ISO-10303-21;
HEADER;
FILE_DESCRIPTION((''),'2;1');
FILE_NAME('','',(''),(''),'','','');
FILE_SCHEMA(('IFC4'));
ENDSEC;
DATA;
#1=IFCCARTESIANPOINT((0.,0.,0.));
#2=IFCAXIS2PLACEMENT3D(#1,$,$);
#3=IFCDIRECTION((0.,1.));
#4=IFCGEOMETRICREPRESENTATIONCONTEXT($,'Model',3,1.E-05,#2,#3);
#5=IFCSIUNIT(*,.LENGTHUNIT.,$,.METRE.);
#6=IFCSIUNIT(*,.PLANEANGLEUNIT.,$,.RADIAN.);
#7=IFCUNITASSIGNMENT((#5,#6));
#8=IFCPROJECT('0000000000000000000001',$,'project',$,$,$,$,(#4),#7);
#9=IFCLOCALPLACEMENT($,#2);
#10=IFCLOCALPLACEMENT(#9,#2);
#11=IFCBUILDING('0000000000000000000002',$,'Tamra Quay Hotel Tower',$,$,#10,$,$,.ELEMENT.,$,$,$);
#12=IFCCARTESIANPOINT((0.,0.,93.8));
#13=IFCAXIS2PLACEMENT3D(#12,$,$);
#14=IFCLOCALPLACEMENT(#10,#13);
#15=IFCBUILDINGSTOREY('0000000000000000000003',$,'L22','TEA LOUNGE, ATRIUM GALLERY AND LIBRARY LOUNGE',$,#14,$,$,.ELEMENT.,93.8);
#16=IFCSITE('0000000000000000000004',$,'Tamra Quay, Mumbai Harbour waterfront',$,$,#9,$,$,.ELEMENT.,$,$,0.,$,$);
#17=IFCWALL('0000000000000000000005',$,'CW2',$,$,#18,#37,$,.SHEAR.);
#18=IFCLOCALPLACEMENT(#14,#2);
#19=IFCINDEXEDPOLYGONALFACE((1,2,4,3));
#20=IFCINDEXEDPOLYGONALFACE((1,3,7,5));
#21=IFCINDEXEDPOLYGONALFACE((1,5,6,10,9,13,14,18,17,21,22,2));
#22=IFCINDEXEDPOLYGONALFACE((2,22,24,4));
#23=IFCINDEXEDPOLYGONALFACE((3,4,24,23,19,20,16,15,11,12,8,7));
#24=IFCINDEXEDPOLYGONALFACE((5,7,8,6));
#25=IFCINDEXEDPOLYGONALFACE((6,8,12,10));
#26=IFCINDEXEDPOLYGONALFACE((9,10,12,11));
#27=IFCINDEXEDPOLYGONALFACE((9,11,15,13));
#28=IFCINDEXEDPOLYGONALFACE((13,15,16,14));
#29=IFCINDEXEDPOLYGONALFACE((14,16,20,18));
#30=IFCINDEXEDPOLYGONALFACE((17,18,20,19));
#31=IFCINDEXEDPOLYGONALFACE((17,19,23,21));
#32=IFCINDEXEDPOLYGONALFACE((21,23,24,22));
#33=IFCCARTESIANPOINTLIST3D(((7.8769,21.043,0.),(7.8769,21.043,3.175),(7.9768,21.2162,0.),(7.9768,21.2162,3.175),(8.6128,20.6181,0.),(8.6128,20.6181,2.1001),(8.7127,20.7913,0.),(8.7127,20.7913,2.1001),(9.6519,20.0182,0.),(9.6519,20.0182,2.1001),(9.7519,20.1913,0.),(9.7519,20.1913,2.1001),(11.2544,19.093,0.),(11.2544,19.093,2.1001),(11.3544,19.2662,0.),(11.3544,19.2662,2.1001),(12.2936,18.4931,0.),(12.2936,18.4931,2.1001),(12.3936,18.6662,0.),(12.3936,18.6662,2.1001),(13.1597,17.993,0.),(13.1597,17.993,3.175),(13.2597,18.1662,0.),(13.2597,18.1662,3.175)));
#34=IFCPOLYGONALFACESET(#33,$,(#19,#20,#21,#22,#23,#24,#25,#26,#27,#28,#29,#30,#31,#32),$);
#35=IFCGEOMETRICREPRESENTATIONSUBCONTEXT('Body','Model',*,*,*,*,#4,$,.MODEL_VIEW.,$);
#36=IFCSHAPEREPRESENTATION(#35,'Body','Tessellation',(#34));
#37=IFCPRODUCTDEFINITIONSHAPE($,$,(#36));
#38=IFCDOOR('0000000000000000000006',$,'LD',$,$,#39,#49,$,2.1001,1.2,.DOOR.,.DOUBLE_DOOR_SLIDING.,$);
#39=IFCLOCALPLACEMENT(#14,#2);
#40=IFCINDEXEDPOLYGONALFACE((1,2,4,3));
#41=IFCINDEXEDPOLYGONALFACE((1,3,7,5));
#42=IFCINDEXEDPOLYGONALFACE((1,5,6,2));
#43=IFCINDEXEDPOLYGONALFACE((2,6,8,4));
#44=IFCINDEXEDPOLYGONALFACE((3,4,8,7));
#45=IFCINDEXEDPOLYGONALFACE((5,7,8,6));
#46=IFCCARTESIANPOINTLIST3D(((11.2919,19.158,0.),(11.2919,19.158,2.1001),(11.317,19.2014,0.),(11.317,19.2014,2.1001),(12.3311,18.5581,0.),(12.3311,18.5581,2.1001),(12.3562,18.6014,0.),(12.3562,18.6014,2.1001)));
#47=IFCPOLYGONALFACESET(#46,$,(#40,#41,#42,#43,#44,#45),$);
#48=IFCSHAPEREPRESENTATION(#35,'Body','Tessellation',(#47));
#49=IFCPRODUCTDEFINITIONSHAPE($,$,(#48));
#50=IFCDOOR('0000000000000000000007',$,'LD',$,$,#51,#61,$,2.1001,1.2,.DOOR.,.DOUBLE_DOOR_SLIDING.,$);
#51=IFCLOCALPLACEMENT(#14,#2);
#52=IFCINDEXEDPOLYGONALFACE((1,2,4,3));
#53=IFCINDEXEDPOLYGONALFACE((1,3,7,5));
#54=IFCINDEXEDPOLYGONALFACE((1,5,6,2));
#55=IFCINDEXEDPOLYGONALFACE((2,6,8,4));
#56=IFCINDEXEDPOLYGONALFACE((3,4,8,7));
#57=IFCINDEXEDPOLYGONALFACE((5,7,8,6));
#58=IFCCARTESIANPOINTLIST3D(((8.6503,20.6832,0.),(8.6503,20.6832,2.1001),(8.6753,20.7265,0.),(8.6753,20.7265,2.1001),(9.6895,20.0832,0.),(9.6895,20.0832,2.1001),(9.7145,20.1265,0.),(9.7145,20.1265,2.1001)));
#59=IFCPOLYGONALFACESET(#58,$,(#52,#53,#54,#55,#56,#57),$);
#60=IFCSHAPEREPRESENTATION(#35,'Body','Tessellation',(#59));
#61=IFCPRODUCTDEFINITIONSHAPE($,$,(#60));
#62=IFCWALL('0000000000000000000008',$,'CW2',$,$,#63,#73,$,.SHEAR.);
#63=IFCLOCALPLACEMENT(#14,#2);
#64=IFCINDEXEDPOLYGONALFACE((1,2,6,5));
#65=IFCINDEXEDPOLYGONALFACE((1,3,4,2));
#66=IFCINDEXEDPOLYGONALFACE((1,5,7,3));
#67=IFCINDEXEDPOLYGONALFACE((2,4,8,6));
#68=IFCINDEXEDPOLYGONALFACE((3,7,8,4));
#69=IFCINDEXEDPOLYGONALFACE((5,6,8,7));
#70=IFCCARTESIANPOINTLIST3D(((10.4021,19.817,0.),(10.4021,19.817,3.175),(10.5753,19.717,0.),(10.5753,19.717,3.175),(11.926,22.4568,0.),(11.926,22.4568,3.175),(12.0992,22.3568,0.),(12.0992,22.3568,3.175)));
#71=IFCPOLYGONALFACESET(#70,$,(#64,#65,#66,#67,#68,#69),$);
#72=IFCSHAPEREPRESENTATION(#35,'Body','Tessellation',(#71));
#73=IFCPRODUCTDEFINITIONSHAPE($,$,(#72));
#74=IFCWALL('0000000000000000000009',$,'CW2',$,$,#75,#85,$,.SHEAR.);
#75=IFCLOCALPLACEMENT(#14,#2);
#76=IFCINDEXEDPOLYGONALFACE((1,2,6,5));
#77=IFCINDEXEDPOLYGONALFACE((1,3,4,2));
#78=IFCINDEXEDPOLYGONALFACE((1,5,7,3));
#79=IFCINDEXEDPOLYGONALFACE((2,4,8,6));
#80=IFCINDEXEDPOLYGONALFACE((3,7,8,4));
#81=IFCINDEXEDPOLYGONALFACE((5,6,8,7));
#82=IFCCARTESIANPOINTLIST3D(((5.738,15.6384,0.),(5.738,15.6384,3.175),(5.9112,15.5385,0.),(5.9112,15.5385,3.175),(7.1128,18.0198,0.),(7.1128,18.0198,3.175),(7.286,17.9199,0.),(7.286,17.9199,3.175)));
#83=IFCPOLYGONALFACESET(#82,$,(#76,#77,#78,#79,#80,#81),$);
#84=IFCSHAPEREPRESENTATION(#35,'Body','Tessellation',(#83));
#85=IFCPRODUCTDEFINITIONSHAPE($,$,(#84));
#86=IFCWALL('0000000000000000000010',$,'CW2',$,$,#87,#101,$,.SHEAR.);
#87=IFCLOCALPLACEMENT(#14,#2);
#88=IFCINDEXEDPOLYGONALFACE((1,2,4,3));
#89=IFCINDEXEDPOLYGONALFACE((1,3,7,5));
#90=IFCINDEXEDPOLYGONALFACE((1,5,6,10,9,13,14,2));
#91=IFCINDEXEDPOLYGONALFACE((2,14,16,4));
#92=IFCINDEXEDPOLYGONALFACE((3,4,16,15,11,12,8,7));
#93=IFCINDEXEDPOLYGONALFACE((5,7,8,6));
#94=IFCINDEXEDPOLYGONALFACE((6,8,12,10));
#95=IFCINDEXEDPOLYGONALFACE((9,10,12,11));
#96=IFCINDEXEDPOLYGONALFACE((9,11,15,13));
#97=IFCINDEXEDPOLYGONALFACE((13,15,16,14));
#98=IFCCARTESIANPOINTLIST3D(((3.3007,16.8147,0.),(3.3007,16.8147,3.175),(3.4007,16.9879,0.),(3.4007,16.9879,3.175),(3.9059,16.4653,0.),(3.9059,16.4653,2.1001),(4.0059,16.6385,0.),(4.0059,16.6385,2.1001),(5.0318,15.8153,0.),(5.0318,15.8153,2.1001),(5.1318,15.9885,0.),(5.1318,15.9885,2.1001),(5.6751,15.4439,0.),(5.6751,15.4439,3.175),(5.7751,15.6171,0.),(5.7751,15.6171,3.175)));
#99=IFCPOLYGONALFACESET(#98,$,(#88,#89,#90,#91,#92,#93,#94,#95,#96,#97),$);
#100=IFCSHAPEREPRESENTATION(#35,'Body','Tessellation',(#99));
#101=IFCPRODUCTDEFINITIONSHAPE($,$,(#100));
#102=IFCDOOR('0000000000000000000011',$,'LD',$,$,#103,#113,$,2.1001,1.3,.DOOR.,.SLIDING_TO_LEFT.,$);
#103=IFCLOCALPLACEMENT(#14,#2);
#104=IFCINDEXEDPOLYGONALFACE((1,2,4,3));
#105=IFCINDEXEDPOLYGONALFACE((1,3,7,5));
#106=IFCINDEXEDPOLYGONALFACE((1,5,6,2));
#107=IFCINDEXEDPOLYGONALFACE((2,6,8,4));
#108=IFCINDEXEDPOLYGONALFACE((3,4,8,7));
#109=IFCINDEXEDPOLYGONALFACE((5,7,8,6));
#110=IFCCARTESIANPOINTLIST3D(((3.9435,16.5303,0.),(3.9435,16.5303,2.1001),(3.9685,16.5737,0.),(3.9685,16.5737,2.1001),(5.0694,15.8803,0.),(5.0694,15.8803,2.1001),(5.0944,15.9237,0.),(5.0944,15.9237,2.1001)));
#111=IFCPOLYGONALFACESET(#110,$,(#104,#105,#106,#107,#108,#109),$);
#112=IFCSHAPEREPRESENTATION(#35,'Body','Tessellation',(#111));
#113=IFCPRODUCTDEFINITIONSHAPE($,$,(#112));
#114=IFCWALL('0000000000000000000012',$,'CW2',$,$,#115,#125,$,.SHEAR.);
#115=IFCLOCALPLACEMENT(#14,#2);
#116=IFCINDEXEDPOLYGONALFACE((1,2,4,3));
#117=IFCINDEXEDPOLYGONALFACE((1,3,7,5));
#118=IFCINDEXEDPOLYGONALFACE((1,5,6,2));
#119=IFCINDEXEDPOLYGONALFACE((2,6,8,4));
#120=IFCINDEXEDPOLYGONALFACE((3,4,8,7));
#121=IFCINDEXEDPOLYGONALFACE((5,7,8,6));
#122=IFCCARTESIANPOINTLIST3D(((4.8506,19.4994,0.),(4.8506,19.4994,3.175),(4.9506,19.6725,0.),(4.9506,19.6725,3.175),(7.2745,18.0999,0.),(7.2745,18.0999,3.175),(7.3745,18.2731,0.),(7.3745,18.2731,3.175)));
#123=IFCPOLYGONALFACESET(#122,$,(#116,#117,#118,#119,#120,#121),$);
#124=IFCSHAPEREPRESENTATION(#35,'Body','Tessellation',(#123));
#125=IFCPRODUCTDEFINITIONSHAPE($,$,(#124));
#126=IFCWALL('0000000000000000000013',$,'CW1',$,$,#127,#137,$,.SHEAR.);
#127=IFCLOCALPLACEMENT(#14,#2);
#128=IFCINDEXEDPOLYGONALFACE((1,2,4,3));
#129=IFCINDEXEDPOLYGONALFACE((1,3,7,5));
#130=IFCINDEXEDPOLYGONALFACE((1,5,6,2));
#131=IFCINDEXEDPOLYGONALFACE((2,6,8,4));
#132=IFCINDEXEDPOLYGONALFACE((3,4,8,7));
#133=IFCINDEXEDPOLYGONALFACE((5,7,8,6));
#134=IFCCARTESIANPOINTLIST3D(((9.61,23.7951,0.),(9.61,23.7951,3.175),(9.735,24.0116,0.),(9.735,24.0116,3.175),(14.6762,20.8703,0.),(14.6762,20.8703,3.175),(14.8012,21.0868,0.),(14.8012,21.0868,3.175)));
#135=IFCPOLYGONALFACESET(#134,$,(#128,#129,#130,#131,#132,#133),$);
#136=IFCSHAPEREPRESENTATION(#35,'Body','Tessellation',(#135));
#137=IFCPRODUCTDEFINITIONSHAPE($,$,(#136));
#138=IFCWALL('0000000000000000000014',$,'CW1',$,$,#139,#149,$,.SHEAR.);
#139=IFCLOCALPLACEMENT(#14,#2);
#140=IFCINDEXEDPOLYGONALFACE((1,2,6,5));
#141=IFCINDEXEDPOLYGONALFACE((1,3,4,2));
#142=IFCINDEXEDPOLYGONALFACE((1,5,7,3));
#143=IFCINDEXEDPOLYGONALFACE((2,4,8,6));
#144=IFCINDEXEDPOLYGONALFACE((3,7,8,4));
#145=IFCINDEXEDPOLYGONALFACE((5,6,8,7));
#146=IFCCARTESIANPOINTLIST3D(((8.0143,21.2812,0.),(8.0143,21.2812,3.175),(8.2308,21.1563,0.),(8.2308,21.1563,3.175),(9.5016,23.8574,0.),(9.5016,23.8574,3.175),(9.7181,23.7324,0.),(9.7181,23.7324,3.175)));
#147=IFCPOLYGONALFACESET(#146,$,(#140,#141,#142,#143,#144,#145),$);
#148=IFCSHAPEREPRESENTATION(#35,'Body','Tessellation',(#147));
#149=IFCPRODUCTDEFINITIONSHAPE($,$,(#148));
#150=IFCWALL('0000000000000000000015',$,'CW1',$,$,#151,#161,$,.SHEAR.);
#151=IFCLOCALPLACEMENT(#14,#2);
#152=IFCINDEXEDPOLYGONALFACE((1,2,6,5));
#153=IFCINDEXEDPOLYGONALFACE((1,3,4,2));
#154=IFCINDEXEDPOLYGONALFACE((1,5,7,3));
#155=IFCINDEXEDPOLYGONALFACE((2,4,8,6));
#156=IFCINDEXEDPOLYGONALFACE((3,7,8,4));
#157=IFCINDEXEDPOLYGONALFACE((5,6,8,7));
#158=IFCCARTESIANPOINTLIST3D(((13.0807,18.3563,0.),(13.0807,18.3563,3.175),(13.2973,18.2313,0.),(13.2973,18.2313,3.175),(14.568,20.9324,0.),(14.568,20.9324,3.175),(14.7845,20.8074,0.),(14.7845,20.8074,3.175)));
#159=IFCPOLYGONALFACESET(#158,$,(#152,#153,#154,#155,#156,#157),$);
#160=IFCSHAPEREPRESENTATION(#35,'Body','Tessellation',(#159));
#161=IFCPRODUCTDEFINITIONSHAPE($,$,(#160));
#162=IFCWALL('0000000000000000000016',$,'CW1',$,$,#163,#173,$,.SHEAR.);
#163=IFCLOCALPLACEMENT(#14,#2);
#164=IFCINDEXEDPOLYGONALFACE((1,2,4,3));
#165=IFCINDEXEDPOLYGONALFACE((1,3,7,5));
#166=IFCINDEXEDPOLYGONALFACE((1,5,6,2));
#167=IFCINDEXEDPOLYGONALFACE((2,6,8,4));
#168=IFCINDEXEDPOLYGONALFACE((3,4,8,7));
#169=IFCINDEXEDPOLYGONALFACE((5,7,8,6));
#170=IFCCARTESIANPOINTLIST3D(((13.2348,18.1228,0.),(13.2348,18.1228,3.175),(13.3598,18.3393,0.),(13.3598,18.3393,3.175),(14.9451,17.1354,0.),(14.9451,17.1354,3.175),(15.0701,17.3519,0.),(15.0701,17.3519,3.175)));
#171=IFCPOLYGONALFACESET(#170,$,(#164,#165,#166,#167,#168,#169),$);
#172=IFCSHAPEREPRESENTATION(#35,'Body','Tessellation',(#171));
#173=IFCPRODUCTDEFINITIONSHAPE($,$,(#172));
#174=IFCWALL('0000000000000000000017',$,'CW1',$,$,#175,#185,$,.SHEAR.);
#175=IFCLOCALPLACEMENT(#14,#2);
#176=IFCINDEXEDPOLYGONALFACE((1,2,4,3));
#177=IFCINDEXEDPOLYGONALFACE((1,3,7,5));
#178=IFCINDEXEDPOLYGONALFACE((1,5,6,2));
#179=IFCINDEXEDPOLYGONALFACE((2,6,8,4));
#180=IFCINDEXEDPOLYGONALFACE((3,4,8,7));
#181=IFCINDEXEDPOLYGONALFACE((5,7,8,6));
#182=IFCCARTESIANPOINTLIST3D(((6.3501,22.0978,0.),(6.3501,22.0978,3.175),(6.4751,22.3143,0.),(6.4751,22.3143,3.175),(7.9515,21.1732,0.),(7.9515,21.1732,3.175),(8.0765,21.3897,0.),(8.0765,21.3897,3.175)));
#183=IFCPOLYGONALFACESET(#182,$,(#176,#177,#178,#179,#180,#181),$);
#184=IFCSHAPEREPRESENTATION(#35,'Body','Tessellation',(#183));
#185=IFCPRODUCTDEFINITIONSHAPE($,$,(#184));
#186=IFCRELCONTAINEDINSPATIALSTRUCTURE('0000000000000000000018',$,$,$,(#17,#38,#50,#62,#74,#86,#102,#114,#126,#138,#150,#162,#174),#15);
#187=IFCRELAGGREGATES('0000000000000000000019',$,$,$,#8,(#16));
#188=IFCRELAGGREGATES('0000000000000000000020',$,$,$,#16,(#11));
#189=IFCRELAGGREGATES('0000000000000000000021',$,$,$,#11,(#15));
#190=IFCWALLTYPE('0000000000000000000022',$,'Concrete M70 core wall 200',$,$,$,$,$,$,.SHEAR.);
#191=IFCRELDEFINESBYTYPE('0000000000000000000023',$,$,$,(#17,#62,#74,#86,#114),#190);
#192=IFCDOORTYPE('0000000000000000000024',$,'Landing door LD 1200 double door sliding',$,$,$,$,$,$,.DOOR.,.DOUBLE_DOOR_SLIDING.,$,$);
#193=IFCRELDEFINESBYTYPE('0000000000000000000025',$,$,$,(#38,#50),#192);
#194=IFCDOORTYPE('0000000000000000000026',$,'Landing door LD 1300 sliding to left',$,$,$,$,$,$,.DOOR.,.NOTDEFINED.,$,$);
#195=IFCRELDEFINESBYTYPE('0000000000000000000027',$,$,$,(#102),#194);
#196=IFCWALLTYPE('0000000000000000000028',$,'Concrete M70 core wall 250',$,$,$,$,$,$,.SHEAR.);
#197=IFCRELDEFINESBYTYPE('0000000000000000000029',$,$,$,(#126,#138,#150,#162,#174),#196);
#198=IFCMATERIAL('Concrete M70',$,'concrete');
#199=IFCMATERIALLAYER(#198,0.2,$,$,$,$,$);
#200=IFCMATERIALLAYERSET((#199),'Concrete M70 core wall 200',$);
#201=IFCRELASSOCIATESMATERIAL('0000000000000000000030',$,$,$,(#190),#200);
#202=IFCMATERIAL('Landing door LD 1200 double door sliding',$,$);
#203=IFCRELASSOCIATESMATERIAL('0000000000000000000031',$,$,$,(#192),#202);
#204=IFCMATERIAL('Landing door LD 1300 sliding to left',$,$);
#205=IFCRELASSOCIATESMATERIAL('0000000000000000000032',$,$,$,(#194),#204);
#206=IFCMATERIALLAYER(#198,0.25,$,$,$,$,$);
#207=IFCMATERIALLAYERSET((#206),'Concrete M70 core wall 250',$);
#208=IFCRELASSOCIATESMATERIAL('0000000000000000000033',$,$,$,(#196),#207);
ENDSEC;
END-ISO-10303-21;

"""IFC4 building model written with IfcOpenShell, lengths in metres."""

from ifc_helpers import new_model, si_unit, direction, frame, frame_2d, origin, place, context, subcontext, project, spatial, rectangle, extrude, material, layer, layer_set, type_object, element, fill, save


model = new_model("IFC4")

# Units and contexts
model_context = context("Model", 3, precision=1e-05, world=origin(), true_north=direction((0.0, 1.0)))
body_context = subcontext(model_context, "Body", "Model", "MODEL_VIEW")
ifc_project = project(units=[si_unit("LENGTHUNIT", "METRE"), si_unit("PLANEANGLEUNIT", "RADIAN")], contexts=[model_context])

# Site, building, storey
site_placement = place(None, origin())
site = spatial("IfcSite", under=ifc_project, at=site_placement, Name="Tamra Quay, Mumbai Harbour waterfront", CompositionType="ELEMENT", RefElevation=0.0)
building_placement = place(site_placement, origin())
building = spatial("IfcBuilding", under=site, at=building_placement, Name="Tamra Quay Hotel Tower", CompositionType="ELEMENT")
storey_placement = place(building_placement, frame((0.0, 0.0, 93.8)))
storey = spatial("IfcBuildingStorey", under=building, at=storey_placement, Name="L22", Description="TEA LOUNGE, ATRIUM GALLERY AND LIBRARY LOUNGE", CompositionType="ELEMENT", Elevation=93.8)

# Shared definitions
ifc_material_1 = material(Name="Concrete M70", Category="concrete")

# Wall, openings, doors
ifc_layer_1 = layer(ifc_material_1, 0.2)
ifc_layer_set_1 = layer_set([ifc_layer_1], Name="Concrete M70 core wall 200")
wall_type_1 = type_object("IfcWallType", Name="Concrete M70 core wall 200", PredefinedType="SHEAR", material=ifc_layer_set_1)
wall_1_placement = place(storey_placement, frame((13.2097, 18.0796, 0.0), z_axis=(0.0, 0.0, 1.0), x_axis=(-0.86603, 0.499992, 0.0)))
wall_1 = element("IfcWall", 1, at=wall_1_placement, inside=storey, type_object=wall_type_1, Name="CW2", PredefinedType="SHEAR", context=body_context, shape_type="SweptSolid", body=[
    extrude(rectangle(XDim=6.1001, YDim=0.2, at=frame_2d((3.05, 0.0))), origin(), (0.0, 0.0, 1.0), 3.175),
])
opening_1_placement = place(wall_1_placement, frame((1.0, 0.0, 0.0)))
opening_1 = element("IfcOpeningElement", 2, at=opening_1_placement, cuts=wall_1, PredefinedType="OPENING", context=body_context, shape_type="SweptSolid", body=[
    extrude(rectangle(XDim=1.2, YDim=2.1001, at=frame_2d((0.6001, 1.05))), frame((0.0, 0.1099, 0.0), z_axis=(0.0, -1.0, 0.0), x_axis=(1.0, 0.0, 0.0)), (0.0, 0.0, 1.0), 0.22),
])
opening_2_placement = place(wall_1_placement, frame((4.0503, 0.0, 0.0)))
opening_2 = element("IfcOpeningElement", 3, at=opening_2_placement, cuts=wall_1, PredefinedType="OPENING", context=body_context, shape_type="SweptSolid", body=[
    extrude(rectangle(XDim=1.2, YDim=2.1001, at=frame_2d((0.6001, 1.05))), frame((0.0, 0.1099, 0.0), z_axis=(0.0, -1.0, 0.0), x_axis=(1.0, 0.0, 0.0)), (0.0, 0.0, 1.0), 0.22),
])
ifc_material_2 = material(Name="Landing door LD 1200 double door sliding")
door_type_1 = type_object("IfcDoorType", Name="Landing door LD 1200 double door sliding", OperationType="DOUBLE_DOOR_SLIDING", PredefinedType="DOOR", material=ifc_material_2)
door_1_placement = place(opening_1_placement, origin())
door_1 = element("IfcDoor", 4, at=door_1_placement, inside=storey, type_object=door_type_1, Name="LD", OperationType="DOUBLE_DOOR_SLIDING", OverallHeight=2.1001, OverallWidth=1.2, PredefinedType="DOOR", context=body_context, shape_type="SweptSolid", body=[
    extrude(rectangle(XDim=1.2, YDim=2.1001, at=frame_2d((0.6001, 1.05))), frame((0.0, 0.0249, 0.0), z_axis=(0.0, -1.0, 0.0), x_axis=(1.0, 0.0, 0.0)), (0.0, 0.0, 1.0), 0.05),
])
fill(opening_1, door_1)
door_2_placement = place(opening_2_placement, origin())
door_2 = element("IfcDoor", 5, at=door_2_placement, inside=storey, type_object=door_type_1, Name="LD", OperationType="DOUBLE_DOOR_SLIDING", OverallHeight=2.1001, OverallWidth=1.2, PredefinedType="DOOR", context=body_context, shape_type="SweptSolid", body=[
    extrude(rectangle(XDim=1.2, YDim=2.1001, at=frame_2d((0.6001, 1.05))), frame((0.0, 0.0249, 0.0), z_axis=(0.0, -1.0, 0.0), x_axis=(1.0, 0.0, 0.0)), (0.0, 0.0, 1.0), 0.05),
])
fill(opening_2, door_2)

# Walls
wall_2_placement = place(storey_placement, frame((10.4888, 19.7671, 0.0), z_axis=(0.0, 0.0, 1.0), x_axis=(0.499947, 0.866056, 0.0)))
element("IfcWall", 6, at=wall_2_placement, inside=storey, type_object=wall_type_1, Name="CW2", PredefinedType="SHEAR", context=body_context, shape_type="SweptSolid", body=[
    extrude(rectangle(XDim=3.0481, YDim=0.2, at=frame_2d((1.5239, 0.0))), origin(), (0.0, 0.0, 1.0), 3.175),
])
wall_3_placement = place(storey_placement, frame((7.1995, 17.97, 0.0), z_axis=(0.0, 0.0, 1.0), x_axis=(-0.499968, -0.866044, 0.0)))
element("IfcWall", 7, at=wall_3_placement, inside=storey, type_object=wall_type_1, Name="CW2", PredefinedType="SHEAR", context=body_context, shape_type="SweptSolid", body=[
    extrude(rectangle(XDim=2.7498, YDim=0.2, at=frame_2d((1.375, 0.0))), origin(), (0.0, 0.0, 1.0), 3.175),
])

# Wall, opening, door
wall_4_placement = place(storey_placement, frame((5.7251, 15.5305, 0.0), z_axis=(0.0, 0.0, 1.0), x_axis=(-0.866037, 0.499979, 0.0)))
wall_4 = element("IfcWall", 8, at=wall_4_placement, inside=storey, type_object=wall_type_1, Name="CW2", PredefinedType="SHEAR", context=body_context, shape_type="SweptSolid", body=[
    extrude(rectangle(XDim=2.7417, YDim=0.2, at=frame_2d((1.3708, 0.0))), origin(), (0.0, 0.0, 1.0), 3.175),
])
opening_3_placement = place(wall_4_placement, frame((0.7429, 0.0, 0.0)))
opening_3 = element("IfcOpeningElement", 9, at=opening_3_placement, cuts=wall_4, PredefinedType="OPENING", context=body_context, shape_type="SweptSolid", body=[
    extrude(rectangle(XDim=1.3, YDim=2.1001, at=frame_2d((0.6499, 1.05))), frame((0.0, 0.1099, 0.0), z_axis=(0.0, -1.0, 0.0), x_axis=(1.0, 0.0, 0.0)), (0.0, 0.0, 1.0), 0.22),
])
ifc_material_3 = material(Name="Landing door LD 1300 sliding to left")
door_type_2 = type_object("IfcDoorType", Name="Landing door LD 1300 sliding to left", OperationType="NOTDEFINED", PredefinedType="DOOR", material=ifc_material_3)
door_3_placement = place(opening_3_placement, origin())
door_3 = element("IfcDoor", 10, at=door_3_placement, inside=storey, type_object=door_type_2, Name="LD", OperationType="SLIDING_TO_LEFT", OverallHeight=2.1001, OverallWidth=1.3, PredefinedType="DOOR", context=body_context, shape_type="SweptSolid", body=[
    extrude(rectangle(XDim=1.3, YDim=2.1001, at=frame_2d((0.6499, 1.05))), frame((0.0, 0.0249, 0.0), z_axis=(0.0, -1.0, 0.0), x_axis=(1.0, 0.0, 0.0)), (0.0, 0.0, 1.0), 0.05),
])
fill(opening_3, door_3)

# Walls
wall_5_placement = place(storey_placement, frame((4.9006, 19.5859, 0.0), z_axis=(0.0, 0.0, 1.0), x_axis=(0.866023, -0.500004, 0.0)))
element("IfcWall", 11, at=wall_5_placement, inside=storey, type_object=wall_type_1, Name="CW2", PredefinedType="SHEAR", context=body_context, shape_type="SweptSolid", body=[
    extrude(rectangle(XDim=2.7988, YDim=0.2, at=frame_2d((1.3994, 0.0))), origin(), (0.0, 0.0, 1.0), 3.175),
])
ifc_layer_2 = layer(ifc_material_1, 0.25)
ifc_layer_set_2 = layer_set([ifc_layer_2], Name="Concrete M70 core wall 250")
wall_type_2 = type_object("IfcWallType", Name="Concrete M70 core wall 250", PredefinedType="SHEAR", material=ifc_layer_set_2)
wall_6_placement = place(storey_placement, frame((9.6726, 23.9033, 0.0), z_axis=(0.0, 0.0, 1.0), x_axis=(0.866036, -0.499981, 0.0)))
element("IfcWall", 12, at=wall_6_placement, inside=storey, type_object=wall_type_2, Name="CW1", PredefinedType="SHEAR", context=body_context, shape_type="SweptSolid", body=[
    extrude(rectangle(XDim=5.8499, YDim=0.25, at=frame_2d((2.9248, 0.0))), origin(), (0.0, 0.0, 1.0), 3.175),
])
for number, where, z_axis, x_axis, name in (
    (13, (8.1226, 21.2188, 0.0), (0.0, 0.0, 1.0), (0.499988, 0.866033, 0.0), "CW1"),
    (14, (14.6763, 20.8699, 0.0), (0.0, 0.0, 1.0), (-0.499988, -0.866033, 0.0), "CW1"),
):
    element("IfcWall", number, at=place(storey_placement, frame(where, z_axis=z_axis, x_axis=x_axis)), inside=storey, type_object=wall_type_2, Name=name, PredefinedType="SHEAR", context=body_context, shape_type="SweptSolid", body=[
        extrude(rectangle(XDim=2.9746, YDim=0.25, at=frame_2d((1.4873, 0.0))), origin(), (0.0, 0.0, 1.0), 3.175),
    ])
wall_7_placement = place(storey_placement, frame((13.2974, 18.231, 0.0), z_axis=(0.0, 0.0, 1.0), x_axis=(0.866044, -0.499969, 0.0)))
element("IfcWall", 15, at=wall_7_placement, inside=storey, type_object=wall_type_2, Name="CW1", PredefinedType="SHEAR", context=body_context, shape_type="SweptSolid", body=[
    extrude(rectangle(XDim=1.9749, YDim=0.25, at=frame_2d((0.9873, 0.0))), origin(), (0.0, 0.0, 1.0), 3.175),
])
wall_8_placement = place(storey_placement, frame((6.4126, 22.2061, 0.0), z_axis=(0.0, 0.0, 1.0), x_axis=(0.866016, -0.500016, 0.0)))
element("IfcWall", 16, at=wall_8_placement, inside=storey, type_object=wall_type_2, Name="CW1", PredefinedType="SHEAR", context=body_context, shape_type="SweptSolid", body=[
    extrude(rectangle(XDim=1.8491, YDim=0.25, at=frame_2d((0.9246, 0.0))), origin(), (0.0, 0.0, 1.0), 3.175),
])

save(model, "model.ifc")
